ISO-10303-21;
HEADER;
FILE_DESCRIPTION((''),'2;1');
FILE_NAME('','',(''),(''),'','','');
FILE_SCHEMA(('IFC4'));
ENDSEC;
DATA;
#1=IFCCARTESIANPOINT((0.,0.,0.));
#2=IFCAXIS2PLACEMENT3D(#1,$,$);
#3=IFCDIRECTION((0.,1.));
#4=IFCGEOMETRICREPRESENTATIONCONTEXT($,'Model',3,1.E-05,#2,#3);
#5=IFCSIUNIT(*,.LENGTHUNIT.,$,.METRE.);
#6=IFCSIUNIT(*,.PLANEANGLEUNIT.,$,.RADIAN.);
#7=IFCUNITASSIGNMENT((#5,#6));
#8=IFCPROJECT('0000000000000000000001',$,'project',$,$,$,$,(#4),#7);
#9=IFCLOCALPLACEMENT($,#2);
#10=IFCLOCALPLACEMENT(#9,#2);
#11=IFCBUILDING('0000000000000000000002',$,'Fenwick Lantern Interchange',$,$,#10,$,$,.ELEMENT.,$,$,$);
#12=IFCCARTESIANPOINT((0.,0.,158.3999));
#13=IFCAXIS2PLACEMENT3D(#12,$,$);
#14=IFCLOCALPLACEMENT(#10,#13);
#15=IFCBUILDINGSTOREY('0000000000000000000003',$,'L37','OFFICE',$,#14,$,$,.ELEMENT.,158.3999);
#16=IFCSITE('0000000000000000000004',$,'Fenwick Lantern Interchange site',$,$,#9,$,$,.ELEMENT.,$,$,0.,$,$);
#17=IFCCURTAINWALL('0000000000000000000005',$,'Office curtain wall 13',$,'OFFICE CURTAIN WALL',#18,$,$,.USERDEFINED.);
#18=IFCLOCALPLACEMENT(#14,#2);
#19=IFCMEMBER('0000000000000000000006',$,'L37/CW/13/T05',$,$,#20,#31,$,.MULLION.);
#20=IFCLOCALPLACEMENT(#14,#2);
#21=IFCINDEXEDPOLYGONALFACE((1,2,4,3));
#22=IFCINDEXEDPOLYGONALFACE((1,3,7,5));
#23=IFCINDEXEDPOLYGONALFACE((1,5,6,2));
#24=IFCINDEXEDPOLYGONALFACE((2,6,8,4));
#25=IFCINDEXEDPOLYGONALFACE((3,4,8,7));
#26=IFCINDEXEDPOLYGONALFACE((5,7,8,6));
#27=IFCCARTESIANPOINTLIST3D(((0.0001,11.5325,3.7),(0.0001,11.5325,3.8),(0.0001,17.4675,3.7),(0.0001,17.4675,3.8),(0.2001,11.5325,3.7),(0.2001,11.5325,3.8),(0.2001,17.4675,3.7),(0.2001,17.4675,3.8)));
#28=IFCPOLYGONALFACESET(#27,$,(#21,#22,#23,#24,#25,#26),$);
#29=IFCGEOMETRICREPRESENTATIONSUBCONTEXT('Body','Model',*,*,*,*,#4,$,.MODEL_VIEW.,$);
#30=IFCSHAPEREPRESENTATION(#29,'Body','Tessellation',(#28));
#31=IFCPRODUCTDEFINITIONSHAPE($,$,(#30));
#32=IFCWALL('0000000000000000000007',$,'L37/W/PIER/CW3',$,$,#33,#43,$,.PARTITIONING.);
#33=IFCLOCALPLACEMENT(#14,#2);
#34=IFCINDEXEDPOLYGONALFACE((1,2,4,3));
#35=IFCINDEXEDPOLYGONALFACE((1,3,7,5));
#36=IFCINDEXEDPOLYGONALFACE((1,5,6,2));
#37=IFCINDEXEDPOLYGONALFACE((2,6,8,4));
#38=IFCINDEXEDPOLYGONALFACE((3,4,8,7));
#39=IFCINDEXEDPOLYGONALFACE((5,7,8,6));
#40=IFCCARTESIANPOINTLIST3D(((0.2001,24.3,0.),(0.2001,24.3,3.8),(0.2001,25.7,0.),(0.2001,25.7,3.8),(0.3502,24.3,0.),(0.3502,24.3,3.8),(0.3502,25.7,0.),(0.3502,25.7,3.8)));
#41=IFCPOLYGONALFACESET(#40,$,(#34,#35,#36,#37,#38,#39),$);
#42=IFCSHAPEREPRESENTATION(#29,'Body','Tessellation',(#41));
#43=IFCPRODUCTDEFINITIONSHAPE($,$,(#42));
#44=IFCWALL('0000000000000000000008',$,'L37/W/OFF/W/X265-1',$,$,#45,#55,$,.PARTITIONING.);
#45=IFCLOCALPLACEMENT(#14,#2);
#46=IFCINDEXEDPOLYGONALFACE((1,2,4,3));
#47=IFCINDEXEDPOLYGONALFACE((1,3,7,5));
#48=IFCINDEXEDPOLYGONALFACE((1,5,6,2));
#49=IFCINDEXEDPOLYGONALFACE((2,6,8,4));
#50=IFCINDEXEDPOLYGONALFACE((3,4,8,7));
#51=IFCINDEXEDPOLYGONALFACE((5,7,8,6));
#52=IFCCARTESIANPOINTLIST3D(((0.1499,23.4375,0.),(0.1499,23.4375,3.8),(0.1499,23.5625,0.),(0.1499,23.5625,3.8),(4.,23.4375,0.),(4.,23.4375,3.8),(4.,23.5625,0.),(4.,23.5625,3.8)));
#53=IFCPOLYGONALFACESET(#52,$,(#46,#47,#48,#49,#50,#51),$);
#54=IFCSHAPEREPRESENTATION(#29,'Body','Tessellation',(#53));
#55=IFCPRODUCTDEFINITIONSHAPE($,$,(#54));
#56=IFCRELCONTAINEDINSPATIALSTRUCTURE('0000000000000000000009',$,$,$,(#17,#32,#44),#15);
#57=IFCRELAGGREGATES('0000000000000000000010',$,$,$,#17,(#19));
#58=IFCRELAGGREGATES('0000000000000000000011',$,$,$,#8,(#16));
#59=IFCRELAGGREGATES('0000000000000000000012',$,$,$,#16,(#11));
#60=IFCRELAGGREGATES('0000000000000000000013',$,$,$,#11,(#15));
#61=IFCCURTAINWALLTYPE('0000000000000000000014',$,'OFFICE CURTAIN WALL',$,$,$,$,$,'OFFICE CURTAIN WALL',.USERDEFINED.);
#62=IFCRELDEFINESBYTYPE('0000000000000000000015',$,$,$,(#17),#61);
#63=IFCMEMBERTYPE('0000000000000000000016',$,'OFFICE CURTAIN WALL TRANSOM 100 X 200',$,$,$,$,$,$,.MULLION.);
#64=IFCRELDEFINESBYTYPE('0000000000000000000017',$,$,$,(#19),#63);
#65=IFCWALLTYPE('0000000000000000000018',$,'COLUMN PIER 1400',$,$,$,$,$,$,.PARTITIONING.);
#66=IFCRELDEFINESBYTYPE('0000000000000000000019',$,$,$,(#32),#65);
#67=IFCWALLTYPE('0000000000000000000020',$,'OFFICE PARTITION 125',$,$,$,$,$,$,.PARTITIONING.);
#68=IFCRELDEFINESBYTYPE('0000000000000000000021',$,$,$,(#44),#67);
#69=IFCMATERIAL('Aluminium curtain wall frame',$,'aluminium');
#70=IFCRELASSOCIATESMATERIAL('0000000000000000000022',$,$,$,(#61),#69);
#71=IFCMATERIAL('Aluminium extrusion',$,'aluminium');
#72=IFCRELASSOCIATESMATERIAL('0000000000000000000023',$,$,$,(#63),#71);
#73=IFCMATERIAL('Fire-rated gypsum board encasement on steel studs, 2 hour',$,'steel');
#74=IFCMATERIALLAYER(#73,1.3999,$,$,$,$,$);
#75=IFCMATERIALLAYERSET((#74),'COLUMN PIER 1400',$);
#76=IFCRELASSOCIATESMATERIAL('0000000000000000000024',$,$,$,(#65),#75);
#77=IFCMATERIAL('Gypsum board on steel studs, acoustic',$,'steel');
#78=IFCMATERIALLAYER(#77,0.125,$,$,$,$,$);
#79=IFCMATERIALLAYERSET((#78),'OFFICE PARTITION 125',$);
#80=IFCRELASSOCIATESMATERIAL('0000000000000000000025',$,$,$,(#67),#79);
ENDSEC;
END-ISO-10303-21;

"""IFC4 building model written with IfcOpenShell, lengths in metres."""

from ifc_helpers import new_model, si_unit, direction, frame, frame_2d, origin, origin_2d, place, context, subcontext, project, spatial, rectangle, extrude, material, layer, layer_set, material_profile, profile_set, type_object, element, aggregate, save


model = new_model("IFC4")

# Units and contexts
model_context = context("Model", 3, precision=1e-05, world=origin(), true_north=direction((0.0, 1.0)))
body_context = subcontext(model_context, "Body", "Model", "MODEL_VIEW")
ifc_project = project(units=[si_unit("LENGTHUNIT", "METRE"), si_unit("PLANEANGLEUNIT", "RADIAN")], contexts=[model_context])

# Site, building, storey
site_placement = place(None, origin())
site = spatial("IfcSite", under=ifc_project, at=site_placement, Name="Fenwick Lantern Interchange site", CompositionType="ELEMENT", RefElevation=0.0)
building_placement = place(site_placement, origin())
building = spatial("IfcBuilding", under=site, at=building_placement, Name="Fenwick Lantern Interchange", CompositionType="ELEMENT")
storey_placement = place(building_placement, frame((0.0, 0.0, 158.3999)))
storey = spatial("IfcBuildingStorey", under=building, at=storey_placement, Name="L37", Description="OFFICE", CompositionType="ELEMENT", Elevation=158.3999)

# Curtain wall, member
ifc_material_1 = material(Name="Aluminium curtain wall frame", Category="aluminium")
curtain_wall_type = type_object("IfcCurtainWallType", Name="OFFICE CURTAIN WALL", ElementType="OFFICE CURTAIN WALL", PredefinedType="USERDEFINED", material=ifc_material_1)
curtain_wall_placement = place(storey_placement, origin())
curtain_wall = element("IfcCurtainWall", 1, at=curtain_wall_placement, inside=storey, type_object=curtain_wall_type, Name="Office curtain wall 13", ObjectType="OFFICE CURTAIN WALL", PredefinedType="USERDEFINED")
ifc_material_2 = material(Name="Aluminium extrusion", Category="aluminium")
ifc_material_profile_1 = material_profile(ifc_material_2, rectangle(XDim=0.2, YDim=0.1001, at=origin_2d()), Name="OFFICE CURTAIN WALL TRANSOM 100 X 200")
ifc_profile_set_1 = profile_set([ifc_material_profile_1], Name="Aluminium extrusion")
member_type_1 = type_object("IfcMemberType", Name="OFFICE CURTAIN WALL TRANSOM 100 X 200", PredefinedType="MULLION", material=ifc_profile_set_1)
member_1_placement = place(storey_placement, frame((0.1001, 17.4675, 3.75), z_axis=(0.0, -1.0, 0.0), x_axis=(1.0, 0.0, 0.0)))
member_1 = element("IfcMember", 2, at=member_1_placement, type_object=member_type_1, Name="L37/CW/13/T05", PredefinedType="MULLION", context=body_context, shape_type="SweptSolid", body=[
    extrude(rectangle(XDim=0.2, YDim=0.1001, at=origin_2d()), origin(), (0.0, 0.0, 1.0), 5.9351),
])
aggregate(curtain_wall, [member_1])

# Wall
ifc_material_3 = material(Name="Fire-rated gypsum board encasement on steel studs, 2 hour", Category="steel")
ifc_layer_1 = layer(ifc_material_3, 1.3999)
ifc_layer_set_1 = layer_set([ifc_layer_1], Name="COLUMN PIER 1400")
wall_type_1 = type_object("IfcWallType", Name="COLUMN PIER 1400", PredefinedType="PARTITIONING", material=ifc_layer_set_1)
wall_1_placement = place(storey_placement, frame((0.2, 25.0, 0.0), z_axis=(0.0, 0.0, 1.0), x_axis=(1.0, 0.0, 0.0)))
element("IfcWall", 3, at=wall_1_placement, inside=storey, type_object=wall_type_1, Name="L37/W/PIER/CW3", PredefinedType="PARTITIONING", context=body_context, shape_type="SweptSolid", body=[
    extrude(rectangle(XDim=0.1501, YDim=1.3999, at=frame_2d((0.0752, 0.0))), origin(), (0.0, 0.0, 1.0), 3.8),
])

# Wall
ifc_material_4 = material(Name="Gypsum board on steel studs, acoustic", Category="steel")
ifc_layer_2 = layer(ifc_material_4, 0.125)
ifc_layer_set_2 = layer_set([ifc_layer_2], Name="OFFICE PARTITION 125")
wall_type_2 = type_object("IfcWallType", Name="OFFICE PARTITION 125", PredefinedType="PARTITIONING", material=ifc_layer_set_2)
wall_2_placement = place(storey_placement, frame((0.1499, 23.5, 0.0), z_axis=(0.0, 0.0, 1.0), x_axis=(1.0, 0.0, 0.0)))
element("IfcWall", 4, at=wall_2_placement, inside=storey, type_object=wall_type_2, Name="L37/W/OFF/W/X265-1", PredefinedType="PARTITIONING", context=body_context, shape_type="SweptSolid", body=[
    extrude(rectangle(XDim=3.8501, YDim=0.125, at=frame_2d((1.925, 0.0))), origin(), (0.0, 0.0, 1.0), 3.8),
])

save(model, "model.ifc")
